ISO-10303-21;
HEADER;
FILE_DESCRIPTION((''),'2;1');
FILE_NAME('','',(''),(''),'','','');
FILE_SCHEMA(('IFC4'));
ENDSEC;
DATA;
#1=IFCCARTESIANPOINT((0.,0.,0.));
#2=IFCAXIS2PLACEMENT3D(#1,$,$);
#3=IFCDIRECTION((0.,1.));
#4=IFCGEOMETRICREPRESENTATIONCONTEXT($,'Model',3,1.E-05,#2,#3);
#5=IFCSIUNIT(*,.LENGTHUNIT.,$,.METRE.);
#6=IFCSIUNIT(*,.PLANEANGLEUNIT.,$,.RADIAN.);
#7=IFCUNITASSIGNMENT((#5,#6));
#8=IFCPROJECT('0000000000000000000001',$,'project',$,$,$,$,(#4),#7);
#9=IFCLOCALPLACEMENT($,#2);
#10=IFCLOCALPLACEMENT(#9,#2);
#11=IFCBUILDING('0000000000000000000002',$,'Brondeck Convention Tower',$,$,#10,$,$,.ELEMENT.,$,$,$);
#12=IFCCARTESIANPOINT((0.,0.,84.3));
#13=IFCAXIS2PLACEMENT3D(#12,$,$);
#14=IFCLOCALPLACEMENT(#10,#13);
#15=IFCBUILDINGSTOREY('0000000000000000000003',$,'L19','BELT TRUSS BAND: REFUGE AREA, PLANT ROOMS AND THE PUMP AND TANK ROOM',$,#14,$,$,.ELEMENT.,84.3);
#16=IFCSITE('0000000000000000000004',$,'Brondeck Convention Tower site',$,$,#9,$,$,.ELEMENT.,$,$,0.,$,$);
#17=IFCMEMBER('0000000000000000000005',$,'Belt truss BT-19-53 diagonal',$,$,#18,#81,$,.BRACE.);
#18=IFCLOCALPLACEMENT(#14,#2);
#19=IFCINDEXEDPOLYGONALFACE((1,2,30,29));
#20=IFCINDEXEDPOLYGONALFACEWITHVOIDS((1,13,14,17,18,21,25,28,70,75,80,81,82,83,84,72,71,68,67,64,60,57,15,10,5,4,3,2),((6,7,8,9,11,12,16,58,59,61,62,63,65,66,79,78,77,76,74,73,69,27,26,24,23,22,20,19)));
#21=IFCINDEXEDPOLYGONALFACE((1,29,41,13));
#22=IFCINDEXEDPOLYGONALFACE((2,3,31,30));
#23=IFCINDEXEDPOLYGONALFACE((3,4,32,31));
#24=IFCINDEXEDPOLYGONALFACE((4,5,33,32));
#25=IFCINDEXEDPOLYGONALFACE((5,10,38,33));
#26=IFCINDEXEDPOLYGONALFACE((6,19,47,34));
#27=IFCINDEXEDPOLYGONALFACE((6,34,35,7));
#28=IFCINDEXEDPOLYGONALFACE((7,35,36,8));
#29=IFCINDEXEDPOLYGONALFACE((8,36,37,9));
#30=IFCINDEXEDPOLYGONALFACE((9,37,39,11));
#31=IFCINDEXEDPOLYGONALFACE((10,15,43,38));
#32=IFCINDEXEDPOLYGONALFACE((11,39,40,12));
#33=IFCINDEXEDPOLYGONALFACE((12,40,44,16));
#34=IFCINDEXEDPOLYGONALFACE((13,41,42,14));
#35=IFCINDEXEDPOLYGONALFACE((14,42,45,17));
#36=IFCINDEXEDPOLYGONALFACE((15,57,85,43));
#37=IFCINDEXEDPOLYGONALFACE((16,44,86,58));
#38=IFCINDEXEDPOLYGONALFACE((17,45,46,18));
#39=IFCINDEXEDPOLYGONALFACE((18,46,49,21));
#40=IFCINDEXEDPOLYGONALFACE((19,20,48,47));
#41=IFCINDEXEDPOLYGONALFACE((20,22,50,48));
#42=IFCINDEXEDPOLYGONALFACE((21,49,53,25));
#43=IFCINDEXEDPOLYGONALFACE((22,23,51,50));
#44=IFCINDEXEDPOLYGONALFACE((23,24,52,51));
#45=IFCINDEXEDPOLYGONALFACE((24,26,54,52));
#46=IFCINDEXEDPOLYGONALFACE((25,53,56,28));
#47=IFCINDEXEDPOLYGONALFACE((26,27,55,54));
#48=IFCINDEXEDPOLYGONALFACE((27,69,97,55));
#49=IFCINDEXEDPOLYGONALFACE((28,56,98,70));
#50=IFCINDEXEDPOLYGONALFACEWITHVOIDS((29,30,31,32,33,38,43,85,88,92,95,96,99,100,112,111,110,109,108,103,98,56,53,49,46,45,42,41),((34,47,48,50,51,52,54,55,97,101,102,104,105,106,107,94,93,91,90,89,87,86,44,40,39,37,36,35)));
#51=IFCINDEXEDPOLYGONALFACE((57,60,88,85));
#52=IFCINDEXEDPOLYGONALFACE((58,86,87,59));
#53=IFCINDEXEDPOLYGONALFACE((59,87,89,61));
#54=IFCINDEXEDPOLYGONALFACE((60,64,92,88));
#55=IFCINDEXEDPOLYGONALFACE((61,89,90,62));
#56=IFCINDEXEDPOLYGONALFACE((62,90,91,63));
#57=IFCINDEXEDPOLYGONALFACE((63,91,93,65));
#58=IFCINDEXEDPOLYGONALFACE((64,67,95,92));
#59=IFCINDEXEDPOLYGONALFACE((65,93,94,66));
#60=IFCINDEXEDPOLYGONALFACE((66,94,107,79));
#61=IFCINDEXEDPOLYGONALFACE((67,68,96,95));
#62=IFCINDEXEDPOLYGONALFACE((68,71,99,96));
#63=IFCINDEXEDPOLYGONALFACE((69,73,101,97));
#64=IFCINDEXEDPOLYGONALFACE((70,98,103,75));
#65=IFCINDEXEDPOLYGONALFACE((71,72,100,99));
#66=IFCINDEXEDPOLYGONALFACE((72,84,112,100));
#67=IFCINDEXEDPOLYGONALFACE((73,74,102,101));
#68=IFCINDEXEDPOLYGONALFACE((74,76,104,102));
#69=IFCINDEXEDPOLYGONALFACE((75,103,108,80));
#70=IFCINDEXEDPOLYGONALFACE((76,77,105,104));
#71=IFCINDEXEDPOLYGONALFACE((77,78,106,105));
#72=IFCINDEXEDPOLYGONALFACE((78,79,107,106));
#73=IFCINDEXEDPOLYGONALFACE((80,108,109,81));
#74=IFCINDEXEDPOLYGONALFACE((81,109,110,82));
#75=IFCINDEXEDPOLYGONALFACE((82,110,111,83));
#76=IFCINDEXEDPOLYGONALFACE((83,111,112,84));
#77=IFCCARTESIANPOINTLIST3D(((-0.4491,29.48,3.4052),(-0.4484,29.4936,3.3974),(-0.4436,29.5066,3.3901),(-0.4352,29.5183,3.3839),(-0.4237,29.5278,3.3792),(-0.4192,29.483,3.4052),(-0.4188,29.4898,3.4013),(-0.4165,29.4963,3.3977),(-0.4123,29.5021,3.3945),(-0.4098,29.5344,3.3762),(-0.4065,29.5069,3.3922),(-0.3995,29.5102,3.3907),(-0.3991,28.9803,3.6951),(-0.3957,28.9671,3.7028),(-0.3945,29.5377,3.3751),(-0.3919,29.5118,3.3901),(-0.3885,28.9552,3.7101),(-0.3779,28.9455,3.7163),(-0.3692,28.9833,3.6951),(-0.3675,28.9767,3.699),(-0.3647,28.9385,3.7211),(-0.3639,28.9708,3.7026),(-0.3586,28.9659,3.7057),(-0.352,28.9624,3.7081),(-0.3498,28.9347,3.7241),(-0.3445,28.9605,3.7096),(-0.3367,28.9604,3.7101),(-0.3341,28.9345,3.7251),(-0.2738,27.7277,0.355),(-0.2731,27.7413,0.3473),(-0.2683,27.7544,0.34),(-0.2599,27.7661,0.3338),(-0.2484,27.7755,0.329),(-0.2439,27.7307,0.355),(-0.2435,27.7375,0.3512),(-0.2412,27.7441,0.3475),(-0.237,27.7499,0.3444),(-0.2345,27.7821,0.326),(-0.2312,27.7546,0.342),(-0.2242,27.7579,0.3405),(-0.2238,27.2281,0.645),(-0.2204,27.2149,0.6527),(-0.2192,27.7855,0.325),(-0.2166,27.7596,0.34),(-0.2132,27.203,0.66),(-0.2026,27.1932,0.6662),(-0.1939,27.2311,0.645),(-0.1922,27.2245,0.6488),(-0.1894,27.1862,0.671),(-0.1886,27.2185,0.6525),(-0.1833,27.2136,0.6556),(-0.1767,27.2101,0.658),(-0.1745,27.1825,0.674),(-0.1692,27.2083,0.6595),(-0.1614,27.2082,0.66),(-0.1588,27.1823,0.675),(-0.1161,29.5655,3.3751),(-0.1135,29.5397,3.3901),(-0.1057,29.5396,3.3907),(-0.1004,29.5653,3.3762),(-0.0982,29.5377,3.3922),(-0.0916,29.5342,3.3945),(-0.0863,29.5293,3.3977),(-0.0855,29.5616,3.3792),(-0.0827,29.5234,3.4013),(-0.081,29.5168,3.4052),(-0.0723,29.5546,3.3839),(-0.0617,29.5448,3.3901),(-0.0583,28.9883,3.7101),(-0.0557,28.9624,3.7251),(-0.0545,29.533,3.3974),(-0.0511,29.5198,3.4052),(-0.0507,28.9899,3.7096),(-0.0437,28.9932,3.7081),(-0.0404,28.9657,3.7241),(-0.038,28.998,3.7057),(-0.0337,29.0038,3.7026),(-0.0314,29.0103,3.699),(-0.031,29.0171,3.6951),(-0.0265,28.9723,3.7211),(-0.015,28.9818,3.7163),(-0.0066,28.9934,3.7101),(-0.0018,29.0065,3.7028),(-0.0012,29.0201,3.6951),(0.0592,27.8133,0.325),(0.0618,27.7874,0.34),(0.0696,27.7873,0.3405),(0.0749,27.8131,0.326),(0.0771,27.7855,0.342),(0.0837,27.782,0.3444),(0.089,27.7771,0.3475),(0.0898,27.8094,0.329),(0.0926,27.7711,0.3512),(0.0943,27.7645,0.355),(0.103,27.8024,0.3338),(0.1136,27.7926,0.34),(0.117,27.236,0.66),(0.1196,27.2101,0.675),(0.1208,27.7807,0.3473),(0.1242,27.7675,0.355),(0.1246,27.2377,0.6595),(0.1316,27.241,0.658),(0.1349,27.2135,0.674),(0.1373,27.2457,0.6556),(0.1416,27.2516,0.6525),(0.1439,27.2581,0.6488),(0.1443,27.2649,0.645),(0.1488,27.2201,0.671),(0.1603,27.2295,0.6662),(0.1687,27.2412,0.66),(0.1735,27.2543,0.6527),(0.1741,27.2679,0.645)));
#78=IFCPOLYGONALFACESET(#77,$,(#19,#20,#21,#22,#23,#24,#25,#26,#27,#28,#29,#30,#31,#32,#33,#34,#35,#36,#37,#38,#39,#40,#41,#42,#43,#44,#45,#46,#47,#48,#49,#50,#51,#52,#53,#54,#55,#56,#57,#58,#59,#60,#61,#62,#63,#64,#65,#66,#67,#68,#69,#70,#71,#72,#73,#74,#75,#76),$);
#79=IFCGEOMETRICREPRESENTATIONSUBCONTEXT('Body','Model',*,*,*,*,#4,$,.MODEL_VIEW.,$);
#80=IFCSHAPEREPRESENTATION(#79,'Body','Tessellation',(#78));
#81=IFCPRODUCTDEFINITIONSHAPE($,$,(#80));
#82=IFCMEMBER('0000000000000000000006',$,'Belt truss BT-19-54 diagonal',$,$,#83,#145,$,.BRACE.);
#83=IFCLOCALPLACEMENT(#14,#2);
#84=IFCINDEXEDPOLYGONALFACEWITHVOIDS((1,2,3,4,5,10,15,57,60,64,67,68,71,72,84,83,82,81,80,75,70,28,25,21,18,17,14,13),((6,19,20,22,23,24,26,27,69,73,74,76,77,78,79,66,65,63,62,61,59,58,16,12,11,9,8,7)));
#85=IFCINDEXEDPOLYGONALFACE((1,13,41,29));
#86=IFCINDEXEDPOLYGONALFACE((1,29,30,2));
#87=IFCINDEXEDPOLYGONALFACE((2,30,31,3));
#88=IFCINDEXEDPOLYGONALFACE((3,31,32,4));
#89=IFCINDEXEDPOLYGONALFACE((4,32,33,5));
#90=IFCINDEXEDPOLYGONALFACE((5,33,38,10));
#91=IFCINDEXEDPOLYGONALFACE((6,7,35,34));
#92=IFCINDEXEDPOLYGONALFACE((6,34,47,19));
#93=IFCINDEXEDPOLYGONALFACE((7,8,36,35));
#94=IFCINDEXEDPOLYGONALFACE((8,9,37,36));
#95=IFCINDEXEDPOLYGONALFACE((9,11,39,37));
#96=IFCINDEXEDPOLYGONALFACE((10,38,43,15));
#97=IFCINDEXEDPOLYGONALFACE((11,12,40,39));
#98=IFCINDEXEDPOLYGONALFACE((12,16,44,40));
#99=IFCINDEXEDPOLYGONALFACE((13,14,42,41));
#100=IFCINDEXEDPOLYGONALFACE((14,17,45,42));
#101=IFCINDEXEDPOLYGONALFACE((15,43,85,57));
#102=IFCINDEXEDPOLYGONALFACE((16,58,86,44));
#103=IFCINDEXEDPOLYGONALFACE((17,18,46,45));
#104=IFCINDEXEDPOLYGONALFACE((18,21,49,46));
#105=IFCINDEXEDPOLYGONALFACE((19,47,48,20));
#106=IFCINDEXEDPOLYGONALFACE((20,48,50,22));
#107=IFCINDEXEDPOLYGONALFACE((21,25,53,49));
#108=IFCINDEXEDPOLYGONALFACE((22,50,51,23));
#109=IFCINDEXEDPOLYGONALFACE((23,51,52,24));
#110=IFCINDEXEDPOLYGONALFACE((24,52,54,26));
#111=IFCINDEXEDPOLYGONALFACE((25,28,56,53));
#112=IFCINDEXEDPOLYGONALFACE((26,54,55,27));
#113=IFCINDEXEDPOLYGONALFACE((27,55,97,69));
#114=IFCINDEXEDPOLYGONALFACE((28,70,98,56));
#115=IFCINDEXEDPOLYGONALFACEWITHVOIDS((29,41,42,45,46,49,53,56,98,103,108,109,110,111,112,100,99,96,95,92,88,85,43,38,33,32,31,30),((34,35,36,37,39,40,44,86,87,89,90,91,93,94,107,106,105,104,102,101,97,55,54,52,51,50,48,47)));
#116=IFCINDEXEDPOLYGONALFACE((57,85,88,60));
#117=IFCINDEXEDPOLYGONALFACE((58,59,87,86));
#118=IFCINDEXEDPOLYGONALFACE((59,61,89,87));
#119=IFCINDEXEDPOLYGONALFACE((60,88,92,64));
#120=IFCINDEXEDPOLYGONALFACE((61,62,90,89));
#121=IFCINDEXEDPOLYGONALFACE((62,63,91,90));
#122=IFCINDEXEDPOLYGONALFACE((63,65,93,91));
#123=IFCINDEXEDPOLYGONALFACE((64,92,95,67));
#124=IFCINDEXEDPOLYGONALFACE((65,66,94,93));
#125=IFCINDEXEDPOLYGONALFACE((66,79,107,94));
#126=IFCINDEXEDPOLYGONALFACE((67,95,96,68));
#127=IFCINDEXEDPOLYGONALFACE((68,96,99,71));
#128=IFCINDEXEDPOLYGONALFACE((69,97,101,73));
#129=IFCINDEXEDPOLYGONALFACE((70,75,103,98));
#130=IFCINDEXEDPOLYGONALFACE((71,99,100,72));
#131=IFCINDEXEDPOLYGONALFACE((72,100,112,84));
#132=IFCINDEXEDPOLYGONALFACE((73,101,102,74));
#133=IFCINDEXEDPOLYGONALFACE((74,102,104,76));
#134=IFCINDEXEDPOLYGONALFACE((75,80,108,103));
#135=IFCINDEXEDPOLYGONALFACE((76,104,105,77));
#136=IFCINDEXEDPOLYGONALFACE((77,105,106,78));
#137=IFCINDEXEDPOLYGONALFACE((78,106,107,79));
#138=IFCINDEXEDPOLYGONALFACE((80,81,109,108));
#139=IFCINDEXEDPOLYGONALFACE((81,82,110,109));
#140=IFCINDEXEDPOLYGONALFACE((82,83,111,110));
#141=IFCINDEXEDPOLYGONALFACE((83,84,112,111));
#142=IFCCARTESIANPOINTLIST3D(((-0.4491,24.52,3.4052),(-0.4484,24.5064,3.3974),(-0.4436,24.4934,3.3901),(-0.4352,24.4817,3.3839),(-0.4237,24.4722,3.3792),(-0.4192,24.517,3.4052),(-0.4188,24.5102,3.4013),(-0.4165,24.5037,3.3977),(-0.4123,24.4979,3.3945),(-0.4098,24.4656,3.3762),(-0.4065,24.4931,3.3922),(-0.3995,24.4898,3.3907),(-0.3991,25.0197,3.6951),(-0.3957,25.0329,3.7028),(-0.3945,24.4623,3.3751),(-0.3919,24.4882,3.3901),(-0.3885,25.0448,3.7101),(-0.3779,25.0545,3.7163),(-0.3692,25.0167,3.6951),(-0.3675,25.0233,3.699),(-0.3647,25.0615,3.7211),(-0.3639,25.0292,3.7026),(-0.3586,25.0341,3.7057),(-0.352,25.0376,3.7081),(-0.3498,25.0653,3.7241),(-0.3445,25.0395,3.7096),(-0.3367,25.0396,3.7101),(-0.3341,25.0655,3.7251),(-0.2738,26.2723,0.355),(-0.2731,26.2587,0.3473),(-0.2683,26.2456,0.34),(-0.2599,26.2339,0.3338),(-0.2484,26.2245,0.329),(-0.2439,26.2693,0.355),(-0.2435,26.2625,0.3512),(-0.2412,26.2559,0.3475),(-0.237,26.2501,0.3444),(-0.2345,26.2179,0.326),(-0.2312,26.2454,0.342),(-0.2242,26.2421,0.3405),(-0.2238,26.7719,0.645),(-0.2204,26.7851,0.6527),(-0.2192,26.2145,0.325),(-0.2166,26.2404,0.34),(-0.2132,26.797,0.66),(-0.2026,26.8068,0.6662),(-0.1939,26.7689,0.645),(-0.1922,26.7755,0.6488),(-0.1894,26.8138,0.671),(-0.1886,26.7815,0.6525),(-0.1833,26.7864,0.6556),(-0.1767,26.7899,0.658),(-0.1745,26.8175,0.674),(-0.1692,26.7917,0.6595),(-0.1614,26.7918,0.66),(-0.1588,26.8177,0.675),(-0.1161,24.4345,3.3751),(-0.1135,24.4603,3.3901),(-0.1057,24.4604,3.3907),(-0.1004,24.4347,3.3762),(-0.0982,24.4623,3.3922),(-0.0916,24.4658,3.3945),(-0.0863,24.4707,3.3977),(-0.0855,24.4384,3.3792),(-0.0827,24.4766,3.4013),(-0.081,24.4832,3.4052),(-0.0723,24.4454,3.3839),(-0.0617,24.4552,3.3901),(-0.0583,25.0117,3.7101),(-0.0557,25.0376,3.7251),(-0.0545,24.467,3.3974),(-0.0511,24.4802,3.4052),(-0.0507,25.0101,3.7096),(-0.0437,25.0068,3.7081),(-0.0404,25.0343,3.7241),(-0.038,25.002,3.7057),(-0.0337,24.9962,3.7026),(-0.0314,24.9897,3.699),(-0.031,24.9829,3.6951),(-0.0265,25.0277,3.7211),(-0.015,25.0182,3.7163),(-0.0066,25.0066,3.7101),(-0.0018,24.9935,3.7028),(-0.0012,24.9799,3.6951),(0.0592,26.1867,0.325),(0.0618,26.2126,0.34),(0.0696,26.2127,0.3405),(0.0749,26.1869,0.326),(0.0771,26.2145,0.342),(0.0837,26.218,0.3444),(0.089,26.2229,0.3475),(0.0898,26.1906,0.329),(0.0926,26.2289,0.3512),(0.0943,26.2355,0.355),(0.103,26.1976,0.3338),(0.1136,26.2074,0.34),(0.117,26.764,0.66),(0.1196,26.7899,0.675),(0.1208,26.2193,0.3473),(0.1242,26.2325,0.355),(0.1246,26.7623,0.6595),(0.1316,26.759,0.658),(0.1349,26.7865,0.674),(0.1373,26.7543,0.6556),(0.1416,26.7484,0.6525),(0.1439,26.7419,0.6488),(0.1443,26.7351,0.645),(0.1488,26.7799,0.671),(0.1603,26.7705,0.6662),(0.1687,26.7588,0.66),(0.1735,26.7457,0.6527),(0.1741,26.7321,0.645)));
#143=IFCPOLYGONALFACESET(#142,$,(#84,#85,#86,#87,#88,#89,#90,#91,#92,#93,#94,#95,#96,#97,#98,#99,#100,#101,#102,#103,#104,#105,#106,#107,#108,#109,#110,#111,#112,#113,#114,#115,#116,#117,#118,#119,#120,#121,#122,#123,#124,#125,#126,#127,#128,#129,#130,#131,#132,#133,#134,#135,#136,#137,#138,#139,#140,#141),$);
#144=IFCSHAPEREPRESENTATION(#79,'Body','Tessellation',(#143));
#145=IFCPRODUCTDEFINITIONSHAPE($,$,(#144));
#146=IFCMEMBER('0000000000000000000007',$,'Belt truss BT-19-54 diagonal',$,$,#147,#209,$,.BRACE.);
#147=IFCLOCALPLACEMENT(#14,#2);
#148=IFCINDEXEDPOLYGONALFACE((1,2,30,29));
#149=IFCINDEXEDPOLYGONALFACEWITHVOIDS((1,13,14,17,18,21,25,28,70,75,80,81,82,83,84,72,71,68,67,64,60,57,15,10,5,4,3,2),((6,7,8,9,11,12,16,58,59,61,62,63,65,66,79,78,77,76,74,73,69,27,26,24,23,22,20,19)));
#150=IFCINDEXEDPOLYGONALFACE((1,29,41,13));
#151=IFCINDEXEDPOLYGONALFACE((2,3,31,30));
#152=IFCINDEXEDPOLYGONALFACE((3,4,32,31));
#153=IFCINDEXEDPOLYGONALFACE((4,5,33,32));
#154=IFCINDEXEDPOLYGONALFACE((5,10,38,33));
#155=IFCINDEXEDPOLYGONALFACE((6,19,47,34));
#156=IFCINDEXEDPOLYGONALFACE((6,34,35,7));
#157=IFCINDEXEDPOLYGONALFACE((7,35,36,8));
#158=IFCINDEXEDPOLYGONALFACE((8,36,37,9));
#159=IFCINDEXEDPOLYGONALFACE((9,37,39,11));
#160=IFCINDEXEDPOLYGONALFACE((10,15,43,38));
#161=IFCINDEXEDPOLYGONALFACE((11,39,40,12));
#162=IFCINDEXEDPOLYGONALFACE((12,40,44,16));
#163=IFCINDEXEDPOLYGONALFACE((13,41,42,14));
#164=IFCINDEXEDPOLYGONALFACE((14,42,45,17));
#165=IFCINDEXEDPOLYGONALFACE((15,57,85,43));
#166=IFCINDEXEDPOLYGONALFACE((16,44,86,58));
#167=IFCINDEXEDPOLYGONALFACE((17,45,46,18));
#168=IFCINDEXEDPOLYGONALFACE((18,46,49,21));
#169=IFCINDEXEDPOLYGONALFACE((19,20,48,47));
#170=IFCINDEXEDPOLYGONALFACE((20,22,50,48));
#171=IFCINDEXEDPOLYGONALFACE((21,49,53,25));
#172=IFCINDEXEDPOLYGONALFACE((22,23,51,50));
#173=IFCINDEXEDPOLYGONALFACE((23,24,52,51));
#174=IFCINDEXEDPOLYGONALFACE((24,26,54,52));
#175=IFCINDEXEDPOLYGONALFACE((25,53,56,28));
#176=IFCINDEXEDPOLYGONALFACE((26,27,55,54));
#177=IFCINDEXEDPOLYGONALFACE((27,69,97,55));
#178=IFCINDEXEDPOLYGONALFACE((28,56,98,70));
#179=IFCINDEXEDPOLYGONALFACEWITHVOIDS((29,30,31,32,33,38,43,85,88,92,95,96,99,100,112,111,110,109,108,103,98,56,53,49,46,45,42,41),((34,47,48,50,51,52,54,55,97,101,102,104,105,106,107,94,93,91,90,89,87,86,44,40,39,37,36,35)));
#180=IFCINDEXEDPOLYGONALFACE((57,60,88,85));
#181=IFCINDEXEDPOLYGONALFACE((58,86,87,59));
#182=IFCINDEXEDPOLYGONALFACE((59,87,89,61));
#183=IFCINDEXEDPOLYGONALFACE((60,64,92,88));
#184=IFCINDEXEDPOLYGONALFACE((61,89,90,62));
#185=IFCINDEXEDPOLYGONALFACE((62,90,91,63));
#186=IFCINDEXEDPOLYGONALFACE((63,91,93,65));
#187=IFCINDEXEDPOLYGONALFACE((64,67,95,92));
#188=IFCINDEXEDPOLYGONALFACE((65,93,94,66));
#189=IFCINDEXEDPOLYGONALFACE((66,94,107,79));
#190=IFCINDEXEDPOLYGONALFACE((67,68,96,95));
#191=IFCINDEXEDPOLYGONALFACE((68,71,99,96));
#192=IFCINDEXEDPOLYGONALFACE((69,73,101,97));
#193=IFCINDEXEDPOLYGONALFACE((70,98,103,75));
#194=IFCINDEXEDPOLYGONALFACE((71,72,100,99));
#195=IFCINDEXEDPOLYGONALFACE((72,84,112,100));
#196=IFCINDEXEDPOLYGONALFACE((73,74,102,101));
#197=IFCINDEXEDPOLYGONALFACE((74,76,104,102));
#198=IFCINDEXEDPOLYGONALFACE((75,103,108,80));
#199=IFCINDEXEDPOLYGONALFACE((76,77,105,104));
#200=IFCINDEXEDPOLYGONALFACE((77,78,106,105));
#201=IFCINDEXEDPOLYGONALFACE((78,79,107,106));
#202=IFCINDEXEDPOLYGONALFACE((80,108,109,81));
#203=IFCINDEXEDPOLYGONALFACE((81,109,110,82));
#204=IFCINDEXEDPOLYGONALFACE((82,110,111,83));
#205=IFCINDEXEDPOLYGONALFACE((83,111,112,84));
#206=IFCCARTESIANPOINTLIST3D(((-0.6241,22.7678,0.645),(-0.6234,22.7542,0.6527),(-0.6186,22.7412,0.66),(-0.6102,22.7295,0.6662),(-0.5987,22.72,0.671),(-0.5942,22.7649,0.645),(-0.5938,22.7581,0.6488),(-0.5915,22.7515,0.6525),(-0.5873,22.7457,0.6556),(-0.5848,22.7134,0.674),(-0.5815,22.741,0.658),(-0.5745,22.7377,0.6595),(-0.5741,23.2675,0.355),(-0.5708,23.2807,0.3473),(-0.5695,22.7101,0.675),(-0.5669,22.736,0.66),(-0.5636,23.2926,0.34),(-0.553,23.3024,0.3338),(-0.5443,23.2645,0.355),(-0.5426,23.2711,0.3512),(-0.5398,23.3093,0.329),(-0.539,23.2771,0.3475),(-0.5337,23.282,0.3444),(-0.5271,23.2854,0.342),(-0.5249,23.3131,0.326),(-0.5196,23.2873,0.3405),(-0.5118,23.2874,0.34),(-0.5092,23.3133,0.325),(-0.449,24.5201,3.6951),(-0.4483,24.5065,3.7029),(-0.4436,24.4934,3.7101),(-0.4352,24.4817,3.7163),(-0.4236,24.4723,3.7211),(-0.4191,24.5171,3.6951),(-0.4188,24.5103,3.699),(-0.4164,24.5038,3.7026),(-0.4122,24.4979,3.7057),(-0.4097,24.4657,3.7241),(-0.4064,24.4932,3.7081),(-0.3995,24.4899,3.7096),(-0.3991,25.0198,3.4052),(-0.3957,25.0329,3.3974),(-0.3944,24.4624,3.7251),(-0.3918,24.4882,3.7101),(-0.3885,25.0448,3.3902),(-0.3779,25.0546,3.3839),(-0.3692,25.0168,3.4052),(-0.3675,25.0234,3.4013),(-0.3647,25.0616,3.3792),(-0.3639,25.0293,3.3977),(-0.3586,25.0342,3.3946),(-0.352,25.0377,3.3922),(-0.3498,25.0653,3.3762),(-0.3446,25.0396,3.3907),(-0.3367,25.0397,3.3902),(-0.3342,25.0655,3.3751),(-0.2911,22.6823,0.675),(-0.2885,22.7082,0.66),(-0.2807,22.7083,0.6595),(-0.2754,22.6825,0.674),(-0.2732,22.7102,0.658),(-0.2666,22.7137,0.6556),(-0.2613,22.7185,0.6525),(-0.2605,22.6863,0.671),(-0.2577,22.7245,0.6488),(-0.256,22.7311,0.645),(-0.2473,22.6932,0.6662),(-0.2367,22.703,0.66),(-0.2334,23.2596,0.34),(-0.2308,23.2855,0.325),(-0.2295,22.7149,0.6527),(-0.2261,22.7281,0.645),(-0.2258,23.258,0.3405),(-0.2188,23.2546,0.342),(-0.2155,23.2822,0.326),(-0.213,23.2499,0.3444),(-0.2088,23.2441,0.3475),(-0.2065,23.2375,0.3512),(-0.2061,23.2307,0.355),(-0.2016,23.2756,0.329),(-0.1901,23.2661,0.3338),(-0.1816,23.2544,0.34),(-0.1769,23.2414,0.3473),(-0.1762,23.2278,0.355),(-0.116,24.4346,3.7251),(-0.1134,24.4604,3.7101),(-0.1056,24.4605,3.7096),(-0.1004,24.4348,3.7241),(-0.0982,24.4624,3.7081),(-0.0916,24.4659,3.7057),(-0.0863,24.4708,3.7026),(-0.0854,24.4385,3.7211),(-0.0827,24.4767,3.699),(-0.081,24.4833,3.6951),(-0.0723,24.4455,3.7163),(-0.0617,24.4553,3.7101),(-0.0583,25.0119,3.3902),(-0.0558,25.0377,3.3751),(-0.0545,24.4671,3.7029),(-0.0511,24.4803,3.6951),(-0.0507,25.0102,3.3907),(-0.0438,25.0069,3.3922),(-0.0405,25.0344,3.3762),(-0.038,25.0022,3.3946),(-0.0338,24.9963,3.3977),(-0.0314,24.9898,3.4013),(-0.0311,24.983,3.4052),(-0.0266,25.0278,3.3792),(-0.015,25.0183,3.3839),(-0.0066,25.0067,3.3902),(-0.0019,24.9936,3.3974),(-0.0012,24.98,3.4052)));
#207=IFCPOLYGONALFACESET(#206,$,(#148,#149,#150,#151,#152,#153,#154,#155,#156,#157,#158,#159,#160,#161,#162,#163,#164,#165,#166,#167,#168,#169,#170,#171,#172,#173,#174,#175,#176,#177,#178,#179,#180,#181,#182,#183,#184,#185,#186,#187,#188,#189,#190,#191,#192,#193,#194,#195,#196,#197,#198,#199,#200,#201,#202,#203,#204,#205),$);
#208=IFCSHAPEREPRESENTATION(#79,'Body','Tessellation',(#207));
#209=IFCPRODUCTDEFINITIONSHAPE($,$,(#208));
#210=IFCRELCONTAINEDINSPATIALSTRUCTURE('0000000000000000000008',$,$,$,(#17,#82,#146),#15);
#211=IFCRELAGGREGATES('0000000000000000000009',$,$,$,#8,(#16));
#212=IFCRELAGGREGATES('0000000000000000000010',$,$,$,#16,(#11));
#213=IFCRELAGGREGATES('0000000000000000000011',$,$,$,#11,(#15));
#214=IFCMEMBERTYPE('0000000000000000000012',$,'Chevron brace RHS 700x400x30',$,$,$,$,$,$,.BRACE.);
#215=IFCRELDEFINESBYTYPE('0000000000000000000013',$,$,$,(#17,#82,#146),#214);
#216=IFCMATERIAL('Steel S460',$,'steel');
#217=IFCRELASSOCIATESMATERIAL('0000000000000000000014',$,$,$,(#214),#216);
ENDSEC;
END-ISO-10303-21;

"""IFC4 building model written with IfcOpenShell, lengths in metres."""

from ifc_helpers import new_model, si_unit, direction, frame, origin, origin_2d, place, context, subcontext, project, spatial, hollow_rectangle, extrude, material, material_profile, profile_set, type_object, element, save


model = new_model("IFC4")

# Units and contexts
model_context = context("Model", 3, precision=1e-05, world=origin(), true_north=direction((0.0, 1.0)))
body_context = subcontext(model_context, "Body", "Model", "MODEL_VIEW")
ifc_project = project(units=[si_unit("LENGTHUNIT", "METRE"), si_unit("PLANEANGLEUNIT", "RADIAN")], contexts=[model_context])

# Site, building, storey
site_placement = place(None, origin())
site = spatial("IfcSite", under=ifc_project, at=site_placement, Name="Brondeck Convention Tower site", CompositionType="ELEMENT", RefElevation=0.0)
building_placement = place(site_placement, origin())
building = spatial("IfcBuilding", under=site, at=building_placement, Name="Brondeck Convention Tower", CompositionType="ELEMENT")
storey_placement = place(building_placement, frame((0.0, 0.0, 84.3)))
storey = spatial("IfcBuildingStorey", under=building, at=storey_placement, Name="L19", Description="BELT TRUSS BAND: REFUGE AREA, PLANT ROOMS AND THE PUMP AND TANK ROOM", CompositionType="ELEMENT", Elevation=84.3)

# Members
ifc_material_1 = material(Name="Steel S460", Category="steel")
ifc_material_profile_1 = material_profile(ifc_material_1, hollow_rectangle(XDim=0.3999, YDim=0.7, WallThickness=0.03, InnerFilletRadius=0.03, OuterFilletRadius=0.0601, at=origin_2d()), Name="RHS 700x400x30")
ifc_profile_set_1 = profile_set([ifc_material_profile_1], Name="Steel S460")
member_type_1 = type_object("IfcMemberType", Name="Chevron brace RHS 700x400x30", PredefinedType="BRACE", material=ifc_profile_set_1)
for number, where, z_axis, x_axis, name in (
    (1, (-0.0498, 27.4978, 0.5), (-0.049772, 0.497516, 0.866026), (-0.995033, -0.099545, 0.0), "Belt truss BT-19-53 diagonal"),
    (2, (-0.0498, 26.5022, 0.5), (-0.049772, -0.497516, 0.866026), (0.995033, -0.099545, 0.0), "Belt truss BT-19-54 diagonal"),
    (3, (-0.4001, 22.9978, 0.5), (0.049703, 0.497518, 0.866029), (-0.995047, 0.099408, 0.0), "Belt truss BT-19-54 diagonal"),
):
    element("IfcMember", number, at=place(storey_placement, frame(where, z_axis=z_axis, x_axis=x_axis)), inside=storey, type_object=member_type_1, Name=name, PredefinedType="BRACE", context=body_context, shape_type="SweptSolid", body=[
        extrude(hollow_rectangle(XDim=0.3999, YDim=0.7, WallThickness=0.03, InnerFilletRadius=0.03, OuterFilletRadius=0.0601, at=origin_2d()), origin(), (0.0, 0.0, 1.0), 3.522),
    ])

save(model, "model.ifc")
